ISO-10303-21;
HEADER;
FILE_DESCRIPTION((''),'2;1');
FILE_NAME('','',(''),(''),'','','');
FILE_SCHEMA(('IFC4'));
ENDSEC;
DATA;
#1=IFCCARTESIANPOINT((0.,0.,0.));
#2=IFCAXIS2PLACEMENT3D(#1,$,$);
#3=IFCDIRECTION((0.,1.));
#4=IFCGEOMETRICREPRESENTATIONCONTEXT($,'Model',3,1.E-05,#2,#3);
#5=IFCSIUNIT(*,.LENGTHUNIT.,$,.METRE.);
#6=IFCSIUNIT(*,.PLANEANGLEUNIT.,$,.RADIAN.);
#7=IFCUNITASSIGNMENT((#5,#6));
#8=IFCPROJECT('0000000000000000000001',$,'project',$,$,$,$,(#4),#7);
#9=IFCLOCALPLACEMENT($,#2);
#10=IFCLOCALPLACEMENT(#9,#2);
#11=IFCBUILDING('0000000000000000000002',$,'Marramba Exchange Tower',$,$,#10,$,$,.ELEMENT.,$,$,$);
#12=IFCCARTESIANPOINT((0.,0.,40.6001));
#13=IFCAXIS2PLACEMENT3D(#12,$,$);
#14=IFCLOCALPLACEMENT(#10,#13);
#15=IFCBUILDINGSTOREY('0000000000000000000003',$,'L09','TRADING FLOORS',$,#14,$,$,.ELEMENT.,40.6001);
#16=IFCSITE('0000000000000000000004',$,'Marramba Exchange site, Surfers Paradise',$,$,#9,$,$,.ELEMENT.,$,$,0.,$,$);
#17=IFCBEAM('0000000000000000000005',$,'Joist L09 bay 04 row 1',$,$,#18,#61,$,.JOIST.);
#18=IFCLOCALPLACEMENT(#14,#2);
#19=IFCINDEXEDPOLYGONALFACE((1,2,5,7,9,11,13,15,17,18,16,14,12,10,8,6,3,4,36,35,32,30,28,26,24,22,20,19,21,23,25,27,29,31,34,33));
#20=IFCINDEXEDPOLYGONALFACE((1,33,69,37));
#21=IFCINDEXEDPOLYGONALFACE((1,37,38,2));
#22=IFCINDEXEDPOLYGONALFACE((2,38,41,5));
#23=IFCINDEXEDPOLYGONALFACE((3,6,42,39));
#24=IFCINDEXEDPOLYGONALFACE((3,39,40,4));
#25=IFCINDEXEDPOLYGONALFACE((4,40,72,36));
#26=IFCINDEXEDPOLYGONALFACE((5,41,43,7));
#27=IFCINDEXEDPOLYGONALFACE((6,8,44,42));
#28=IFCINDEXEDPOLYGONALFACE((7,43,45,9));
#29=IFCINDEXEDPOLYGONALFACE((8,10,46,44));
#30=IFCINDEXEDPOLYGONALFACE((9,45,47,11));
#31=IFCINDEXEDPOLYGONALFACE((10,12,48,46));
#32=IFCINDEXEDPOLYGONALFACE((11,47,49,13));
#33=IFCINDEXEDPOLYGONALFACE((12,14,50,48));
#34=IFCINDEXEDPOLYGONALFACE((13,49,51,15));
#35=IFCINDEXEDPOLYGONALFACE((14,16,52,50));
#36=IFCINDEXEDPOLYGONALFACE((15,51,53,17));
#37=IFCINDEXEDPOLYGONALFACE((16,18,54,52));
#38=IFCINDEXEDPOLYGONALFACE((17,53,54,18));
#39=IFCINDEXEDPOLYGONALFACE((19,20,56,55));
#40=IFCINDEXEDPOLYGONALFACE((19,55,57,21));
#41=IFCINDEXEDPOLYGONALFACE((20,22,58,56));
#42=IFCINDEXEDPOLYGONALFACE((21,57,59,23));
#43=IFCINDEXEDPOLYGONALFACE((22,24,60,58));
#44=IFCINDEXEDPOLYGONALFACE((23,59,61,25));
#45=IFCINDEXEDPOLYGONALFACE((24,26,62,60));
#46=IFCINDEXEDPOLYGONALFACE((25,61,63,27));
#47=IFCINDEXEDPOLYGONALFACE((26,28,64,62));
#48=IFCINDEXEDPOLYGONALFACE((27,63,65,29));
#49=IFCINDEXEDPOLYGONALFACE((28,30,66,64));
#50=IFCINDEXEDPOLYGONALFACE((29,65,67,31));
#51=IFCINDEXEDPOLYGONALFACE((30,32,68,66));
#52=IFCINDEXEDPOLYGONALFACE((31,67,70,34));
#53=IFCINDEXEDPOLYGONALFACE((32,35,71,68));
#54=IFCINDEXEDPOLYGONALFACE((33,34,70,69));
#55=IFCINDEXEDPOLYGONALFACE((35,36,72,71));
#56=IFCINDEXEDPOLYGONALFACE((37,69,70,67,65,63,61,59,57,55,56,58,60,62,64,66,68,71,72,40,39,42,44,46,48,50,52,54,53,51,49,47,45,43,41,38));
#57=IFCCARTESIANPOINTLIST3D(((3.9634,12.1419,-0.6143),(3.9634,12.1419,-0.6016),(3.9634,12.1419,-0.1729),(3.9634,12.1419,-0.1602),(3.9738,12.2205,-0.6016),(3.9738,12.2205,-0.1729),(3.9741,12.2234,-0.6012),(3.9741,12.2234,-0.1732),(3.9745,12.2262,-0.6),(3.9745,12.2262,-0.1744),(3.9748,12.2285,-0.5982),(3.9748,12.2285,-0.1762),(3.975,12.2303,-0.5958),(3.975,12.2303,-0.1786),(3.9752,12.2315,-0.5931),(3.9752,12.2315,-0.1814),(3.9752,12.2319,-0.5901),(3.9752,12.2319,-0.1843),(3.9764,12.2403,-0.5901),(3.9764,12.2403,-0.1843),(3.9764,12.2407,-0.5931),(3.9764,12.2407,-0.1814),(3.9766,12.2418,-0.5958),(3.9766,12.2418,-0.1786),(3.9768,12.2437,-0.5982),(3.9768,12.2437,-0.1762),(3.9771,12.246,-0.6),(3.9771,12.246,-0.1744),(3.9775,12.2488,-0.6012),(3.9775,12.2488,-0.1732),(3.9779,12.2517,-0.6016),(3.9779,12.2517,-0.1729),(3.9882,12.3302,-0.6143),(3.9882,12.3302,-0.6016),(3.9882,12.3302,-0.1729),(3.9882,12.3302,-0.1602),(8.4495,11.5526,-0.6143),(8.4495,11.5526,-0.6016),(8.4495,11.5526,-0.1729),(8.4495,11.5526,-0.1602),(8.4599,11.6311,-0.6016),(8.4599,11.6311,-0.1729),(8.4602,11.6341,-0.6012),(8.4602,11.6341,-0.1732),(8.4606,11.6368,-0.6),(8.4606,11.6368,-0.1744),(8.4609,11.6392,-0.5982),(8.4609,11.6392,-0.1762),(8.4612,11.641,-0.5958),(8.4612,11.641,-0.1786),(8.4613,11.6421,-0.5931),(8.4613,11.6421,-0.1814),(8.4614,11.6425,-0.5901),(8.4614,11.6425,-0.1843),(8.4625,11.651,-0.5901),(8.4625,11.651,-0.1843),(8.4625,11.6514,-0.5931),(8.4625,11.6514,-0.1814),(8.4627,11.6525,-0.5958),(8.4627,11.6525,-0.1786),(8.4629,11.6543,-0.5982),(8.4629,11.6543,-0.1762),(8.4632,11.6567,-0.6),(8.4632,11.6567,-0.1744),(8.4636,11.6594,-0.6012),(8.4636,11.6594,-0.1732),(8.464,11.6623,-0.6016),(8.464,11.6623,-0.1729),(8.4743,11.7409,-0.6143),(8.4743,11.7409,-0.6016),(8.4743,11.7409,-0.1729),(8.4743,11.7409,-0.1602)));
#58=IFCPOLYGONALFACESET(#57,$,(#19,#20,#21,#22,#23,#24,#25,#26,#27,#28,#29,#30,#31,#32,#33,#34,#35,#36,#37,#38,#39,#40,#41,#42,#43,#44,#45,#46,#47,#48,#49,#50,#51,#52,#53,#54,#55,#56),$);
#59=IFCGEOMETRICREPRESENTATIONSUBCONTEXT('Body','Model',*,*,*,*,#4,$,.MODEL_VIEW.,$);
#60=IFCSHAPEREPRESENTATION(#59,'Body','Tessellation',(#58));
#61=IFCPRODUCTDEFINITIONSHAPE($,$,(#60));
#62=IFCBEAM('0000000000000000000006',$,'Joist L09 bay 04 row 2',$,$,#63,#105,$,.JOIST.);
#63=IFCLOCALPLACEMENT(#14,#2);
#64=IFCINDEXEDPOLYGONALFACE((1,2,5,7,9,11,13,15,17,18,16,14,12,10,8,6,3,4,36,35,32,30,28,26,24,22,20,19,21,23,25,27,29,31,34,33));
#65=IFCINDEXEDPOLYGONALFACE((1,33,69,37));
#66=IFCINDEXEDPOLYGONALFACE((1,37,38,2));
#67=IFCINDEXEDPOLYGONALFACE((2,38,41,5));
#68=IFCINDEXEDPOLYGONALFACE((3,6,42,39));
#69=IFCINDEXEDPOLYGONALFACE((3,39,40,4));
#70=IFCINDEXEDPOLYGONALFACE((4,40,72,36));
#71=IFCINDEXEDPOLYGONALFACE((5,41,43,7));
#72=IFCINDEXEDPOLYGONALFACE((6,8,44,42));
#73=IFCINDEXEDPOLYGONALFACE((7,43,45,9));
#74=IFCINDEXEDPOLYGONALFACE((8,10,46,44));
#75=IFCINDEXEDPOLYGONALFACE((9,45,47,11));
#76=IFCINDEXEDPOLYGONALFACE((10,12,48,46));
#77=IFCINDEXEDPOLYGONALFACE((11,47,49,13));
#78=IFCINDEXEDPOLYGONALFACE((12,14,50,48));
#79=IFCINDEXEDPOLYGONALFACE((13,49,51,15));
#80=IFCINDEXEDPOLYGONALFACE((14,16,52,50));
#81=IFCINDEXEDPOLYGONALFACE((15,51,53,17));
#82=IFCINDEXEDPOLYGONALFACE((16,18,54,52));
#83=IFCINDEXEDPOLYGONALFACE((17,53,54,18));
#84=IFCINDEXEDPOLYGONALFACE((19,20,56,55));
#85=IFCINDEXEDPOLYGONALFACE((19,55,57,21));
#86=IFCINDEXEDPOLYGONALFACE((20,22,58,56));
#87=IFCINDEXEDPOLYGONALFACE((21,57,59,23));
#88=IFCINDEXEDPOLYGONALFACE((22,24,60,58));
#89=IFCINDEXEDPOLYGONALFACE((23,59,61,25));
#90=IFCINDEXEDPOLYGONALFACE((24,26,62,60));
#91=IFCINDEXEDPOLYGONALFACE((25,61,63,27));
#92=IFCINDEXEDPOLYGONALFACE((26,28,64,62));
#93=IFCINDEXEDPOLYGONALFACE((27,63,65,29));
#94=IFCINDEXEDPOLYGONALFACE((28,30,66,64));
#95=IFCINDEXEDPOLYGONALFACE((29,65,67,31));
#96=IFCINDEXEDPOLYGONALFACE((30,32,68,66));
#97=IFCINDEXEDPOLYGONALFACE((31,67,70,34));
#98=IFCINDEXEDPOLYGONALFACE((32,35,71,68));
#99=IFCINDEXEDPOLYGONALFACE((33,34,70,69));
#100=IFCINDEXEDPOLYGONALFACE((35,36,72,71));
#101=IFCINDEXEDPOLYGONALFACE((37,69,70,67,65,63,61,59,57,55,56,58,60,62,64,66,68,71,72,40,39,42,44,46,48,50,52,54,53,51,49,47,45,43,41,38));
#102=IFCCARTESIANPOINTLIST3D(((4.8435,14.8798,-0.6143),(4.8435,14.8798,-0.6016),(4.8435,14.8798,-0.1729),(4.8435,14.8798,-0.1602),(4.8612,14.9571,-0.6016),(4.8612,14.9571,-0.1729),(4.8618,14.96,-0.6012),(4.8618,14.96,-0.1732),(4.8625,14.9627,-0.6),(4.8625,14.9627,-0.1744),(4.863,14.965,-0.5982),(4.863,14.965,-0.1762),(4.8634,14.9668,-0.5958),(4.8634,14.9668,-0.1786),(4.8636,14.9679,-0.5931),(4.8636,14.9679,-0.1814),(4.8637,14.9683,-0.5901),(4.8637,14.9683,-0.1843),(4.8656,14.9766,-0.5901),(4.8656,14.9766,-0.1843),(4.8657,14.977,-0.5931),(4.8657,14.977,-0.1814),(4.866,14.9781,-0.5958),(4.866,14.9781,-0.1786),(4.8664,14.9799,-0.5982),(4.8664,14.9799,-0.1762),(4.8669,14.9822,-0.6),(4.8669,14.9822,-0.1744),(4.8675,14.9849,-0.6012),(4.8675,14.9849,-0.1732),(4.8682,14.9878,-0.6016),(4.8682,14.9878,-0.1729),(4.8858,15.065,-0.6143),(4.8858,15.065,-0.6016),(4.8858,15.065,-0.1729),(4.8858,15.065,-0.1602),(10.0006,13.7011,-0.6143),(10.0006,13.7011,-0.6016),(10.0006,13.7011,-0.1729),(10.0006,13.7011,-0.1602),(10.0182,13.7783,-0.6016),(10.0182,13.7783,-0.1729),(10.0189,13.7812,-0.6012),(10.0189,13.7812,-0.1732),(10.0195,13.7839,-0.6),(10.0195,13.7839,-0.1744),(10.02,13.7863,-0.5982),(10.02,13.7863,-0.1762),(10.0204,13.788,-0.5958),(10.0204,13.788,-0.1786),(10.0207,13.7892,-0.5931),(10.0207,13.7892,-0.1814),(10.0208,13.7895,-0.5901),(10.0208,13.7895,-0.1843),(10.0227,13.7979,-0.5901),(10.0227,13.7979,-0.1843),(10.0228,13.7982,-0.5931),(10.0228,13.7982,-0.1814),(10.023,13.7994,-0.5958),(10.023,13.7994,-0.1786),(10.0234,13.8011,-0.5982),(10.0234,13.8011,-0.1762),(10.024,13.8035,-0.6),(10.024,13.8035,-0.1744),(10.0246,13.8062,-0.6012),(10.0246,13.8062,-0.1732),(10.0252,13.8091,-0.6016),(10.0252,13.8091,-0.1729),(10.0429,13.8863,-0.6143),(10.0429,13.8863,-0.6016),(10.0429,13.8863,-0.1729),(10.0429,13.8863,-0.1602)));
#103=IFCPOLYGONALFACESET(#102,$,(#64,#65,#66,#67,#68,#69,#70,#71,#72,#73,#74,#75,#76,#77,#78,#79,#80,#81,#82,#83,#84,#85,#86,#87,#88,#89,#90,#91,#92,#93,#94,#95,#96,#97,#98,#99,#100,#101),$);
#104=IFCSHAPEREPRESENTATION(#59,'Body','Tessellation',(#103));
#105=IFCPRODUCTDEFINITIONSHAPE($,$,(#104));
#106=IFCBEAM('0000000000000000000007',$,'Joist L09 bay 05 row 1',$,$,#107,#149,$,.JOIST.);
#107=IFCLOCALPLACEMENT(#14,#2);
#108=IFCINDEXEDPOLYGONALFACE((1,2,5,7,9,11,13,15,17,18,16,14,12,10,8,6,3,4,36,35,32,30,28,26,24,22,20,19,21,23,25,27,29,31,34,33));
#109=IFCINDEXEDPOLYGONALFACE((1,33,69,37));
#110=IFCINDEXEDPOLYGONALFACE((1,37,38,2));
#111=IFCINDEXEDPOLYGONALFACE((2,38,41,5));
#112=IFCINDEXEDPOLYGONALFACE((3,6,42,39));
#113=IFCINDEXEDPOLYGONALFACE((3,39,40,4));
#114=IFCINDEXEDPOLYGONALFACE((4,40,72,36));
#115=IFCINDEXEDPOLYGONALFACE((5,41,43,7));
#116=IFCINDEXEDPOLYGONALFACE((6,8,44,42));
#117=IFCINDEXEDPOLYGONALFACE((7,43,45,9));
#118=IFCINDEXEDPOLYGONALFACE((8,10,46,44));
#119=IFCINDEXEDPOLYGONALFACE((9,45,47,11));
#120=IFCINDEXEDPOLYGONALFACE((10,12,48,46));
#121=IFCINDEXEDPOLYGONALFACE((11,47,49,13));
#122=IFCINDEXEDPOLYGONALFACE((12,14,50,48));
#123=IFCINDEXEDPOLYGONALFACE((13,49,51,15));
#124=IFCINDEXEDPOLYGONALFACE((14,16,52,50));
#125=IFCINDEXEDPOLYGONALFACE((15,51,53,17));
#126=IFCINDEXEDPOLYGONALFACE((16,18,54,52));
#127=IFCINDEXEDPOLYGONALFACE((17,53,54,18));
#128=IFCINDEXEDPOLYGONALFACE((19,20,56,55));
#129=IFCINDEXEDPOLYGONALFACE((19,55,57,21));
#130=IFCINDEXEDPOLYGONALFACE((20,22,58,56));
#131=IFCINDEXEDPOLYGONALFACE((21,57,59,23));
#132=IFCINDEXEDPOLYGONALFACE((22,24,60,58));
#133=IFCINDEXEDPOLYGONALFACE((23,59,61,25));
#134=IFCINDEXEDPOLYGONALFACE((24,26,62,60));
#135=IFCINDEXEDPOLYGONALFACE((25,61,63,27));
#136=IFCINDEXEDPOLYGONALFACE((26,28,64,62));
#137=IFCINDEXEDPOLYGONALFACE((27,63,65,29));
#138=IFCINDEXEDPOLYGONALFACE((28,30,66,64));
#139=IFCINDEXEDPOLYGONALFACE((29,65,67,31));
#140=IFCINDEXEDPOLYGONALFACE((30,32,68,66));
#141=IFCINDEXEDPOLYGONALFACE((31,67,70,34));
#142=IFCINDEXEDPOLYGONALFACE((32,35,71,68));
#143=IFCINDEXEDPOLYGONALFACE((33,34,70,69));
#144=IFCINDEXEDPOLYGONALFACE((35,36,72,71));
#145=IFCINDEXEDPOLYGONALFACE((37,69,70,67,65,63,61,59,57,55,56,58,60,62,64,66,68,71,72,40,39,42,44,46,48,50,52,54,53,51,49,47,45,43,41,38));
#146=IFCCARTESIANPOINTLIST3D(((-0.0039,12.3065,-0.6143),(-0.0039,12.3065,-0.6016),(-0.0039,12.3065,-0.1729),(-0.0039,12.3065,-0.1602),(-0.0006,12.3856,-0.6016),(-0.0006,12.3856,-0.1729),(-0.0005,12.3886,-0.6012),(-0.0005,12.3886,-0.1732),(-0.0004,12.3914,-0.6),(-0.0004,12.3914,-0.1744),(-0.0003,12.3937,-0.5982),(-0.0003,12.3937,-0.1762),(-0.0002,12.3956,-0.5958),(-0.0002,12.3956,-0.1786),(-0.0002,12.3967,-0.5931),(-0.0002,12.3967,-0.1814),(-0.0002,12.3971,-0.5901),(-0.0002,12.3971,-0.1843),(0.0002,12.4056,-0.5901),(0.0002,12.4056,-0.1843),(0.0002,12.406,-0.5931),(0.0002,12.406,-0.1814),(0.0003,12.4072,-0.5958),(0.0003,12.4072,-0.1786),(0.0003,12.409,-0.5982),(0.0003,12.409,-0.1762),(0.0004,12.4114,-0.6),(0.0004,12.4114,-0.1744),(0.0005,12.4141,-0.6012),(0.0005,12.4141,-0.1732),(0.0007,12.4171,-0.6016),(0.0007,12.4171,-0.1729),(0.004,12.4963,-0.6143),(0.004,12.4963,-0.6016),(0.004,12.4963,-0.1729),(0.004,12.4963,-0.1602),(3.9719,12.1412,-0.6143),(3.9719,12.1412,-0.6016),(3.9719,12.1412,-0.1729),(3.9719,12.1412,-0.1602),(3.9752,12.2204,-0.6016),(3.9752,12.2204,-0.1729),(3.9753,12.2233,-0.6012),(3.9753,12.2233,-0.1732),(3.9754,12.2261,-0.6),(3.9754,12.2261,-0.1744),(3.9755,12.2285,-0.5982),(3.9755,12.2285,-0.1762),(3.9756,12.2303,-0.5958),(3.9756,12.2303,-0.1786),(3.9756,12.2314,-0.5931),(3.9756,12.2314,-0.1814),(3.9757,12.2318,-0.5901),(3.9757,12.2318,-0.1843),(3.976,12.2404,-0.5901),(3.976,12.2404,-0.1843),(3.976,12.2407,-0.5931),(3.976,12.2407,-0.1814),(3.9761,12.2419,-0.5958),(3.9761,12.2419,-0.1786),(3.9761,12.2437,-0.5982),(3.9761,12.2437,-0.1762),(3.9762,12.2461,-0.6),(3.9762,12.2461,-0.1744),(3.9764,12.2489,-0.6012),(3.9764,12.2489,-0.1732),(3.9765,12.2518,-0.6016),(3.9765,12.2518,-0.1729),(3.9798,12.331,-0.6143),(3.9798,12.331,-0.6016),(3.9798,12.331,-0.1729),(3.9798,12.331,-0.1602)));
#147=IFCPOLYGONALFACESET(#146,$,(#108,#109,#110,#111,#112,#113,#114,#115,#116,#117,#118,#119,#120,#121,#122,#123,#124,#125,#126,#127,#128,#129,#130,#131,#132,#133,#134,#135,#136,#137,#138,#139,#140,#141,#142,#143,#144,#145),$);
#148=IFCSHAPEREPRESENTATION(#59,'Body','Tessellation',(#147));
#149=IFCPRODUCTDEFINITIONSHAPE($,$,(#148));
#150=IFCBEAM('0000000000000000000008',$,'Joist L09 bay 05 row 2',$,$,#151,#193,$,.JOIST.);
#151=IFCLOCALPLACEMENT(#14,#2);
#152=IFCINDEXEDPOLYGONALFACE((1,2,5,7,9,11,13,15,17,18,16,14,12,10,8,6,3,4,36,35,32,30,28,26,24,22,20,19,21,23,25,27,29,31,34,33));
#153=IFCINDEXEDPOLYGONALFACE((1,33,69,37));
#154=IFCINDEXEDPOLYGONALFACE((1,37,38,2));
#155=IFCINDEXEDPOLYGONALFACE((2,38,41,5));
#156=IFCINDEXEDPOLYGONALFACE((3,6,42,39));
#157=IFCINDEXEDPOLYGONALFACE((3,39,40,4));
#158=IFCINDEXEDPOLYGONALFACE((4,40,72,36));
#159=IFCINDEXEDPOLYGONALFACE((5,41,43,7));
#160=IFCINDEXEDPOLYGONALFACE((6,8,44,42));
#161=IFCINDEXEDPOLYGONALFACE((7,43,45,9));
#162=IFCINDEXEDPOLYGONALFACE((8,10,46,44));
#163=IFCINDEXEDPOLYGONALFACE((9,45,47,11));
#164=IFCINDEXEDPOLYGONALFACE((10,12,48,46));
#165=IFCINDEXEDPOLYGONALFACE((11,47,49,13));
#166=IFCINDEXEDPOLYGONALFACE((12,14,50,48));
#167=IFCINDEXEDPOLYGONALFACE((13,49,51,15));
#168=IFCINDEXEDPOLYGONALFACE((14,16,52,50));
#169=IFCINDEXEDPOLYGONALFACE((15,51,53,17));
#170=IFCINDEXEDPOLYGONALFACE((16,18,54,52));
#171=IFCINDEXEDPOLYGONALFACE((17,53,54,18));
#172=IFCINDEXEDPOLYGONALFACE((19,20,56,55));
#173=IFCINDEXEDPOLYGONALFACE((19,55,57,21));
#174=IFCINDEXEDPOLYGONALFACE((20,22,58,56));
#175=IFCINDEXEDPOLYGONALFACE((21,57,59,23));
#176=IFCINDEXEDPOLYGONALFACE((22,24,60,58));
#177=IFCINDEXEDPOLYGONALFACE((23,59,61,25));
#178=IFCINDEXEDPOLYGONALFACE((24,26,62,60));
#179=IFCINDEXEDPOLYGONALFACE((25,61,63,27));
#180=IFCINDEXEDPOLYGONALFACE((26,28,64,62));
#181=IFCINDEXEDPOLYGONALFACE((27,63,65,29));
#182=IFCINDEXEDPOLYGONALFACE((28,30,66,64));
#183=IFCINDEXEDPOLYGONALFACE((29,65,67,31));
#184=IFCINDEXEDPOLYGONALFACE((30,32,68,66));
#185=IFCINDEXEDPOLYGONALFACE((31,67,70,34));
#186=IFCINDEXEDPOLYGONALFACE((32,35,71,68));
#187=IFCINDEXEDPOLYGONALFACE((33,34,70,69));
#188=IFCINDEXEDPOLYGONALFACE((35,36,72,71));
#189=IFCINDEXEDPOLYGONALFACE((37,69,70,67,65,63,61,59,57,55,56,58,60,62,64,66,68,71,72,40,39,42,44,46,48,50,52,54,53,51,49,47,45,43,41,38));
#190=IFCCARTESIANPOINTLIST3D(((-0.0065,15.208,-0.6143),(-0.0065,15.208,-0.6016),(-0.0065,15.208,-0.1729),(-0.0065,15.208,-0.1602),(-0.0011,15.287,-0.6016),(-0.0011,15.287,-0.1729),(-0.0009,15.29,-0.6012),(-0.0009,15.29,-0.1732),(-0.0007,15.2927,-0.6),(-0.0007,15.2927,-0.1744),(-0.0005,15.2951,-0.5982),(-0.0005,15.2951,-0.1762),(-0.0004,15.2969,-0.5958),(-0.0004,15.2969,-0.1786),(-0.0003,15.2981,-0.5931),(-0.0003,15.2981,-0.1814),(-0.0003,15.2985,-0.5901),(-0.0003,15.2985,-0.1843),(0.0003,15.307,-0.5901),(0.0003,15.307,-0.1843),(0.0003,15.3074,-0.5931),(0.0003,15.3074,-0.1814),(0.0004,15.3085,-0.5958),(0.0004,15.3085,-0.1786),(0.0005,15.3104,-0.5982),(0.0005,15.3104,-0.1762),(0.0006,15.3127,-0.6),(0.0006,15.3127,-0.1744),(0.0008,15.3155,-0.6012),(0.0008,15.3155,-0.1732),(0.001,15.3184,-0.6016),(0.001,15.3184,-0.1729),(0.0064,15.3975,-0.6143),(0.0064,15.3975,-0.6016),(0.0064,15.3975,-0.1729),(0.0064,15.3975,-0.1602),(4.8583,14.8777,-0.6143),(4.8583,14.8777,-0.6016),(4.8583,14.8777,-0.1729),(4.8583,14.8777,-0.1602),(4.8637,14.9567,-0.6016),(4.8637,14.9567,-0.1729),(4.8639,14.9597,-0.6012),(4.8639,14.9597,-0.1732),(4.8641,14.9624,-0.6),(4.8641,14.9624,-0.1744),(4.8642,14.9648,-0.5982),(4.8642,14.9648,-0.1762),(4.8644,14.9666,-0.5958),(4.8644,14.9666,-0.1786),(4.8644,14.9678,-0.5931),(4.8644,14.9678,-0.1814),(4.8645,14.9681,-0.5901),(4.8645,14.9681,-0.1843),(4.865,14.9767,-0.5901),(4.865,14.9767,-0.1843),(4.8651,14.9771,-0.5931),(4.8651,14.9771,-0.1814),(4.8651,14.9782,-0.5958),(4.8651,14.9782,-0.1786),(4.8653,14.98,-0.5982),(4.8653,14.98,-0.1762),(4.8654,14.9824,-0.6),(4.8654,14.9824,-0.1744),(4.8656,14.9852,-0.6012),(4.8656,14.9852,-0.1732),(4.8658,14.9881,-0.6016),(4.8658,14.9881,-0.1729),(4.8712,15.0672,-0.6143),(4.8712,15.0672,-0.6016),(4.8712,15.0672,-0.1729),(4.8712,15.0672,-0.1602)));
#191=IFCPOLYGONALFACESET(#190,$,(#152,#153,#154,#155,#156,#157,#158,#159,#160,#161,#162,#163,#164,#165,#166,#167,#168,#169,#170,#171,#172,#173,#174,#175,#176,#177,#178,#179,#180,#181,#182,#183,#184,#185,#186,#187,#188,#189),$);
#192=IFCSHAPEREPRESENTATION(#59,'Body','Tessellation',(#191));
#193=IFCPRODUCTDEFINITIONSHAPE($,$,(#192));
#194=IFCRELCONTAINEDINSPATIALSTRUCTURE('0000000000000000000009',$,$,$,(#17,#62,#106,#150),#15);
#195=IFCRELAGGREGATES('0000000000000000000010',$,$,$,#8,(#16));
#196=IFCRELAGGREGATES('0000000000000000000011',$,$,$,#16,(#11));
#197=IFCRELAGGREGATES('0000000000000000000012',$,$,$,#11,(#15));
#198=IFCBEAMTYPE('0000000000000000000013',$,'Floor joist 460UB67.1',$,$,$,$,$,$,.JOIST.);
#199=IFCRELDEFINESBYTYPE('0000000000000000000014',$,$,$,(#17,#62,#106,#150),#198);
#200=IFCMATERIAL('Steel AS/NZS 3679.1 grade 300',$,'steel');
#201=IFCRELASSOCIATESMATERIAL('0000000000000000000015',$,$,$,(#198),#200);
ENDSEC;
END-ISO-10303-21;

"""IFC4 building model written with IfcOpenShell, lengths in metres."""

from ifc_helpers import new_model, si_unit, direction, frame, origin, origin_2d, place, context, subcontext, project, spatial, i_section, extrude, material, material_profile, profile_set, type_object, element, save


model = new_model("IFC4")

# Units and contexts
model_context = context("Model", 3, precision=1e-05, world=origin(), true_north=direction((0.0, 1.0)))
body_context = subcontext(model_context, "Body", "Model", "MODEL_VIEW")
ifc_project = project(units=[si_unit("LENGTHUNIT", "METRE"), si_unit("PLANEANGLEUNIT", "RADIAN")], contexts=[model_context])

# Site, building, storey
site_placement = place(None, origin())
site = spatial("IfcSite", under=ifc_project, at=site_placement, Name="Marramba Exchange site, Surfers Paradise", CompositionType="ELEMENT", RefElevation=0.0)
building_placement = place(site_placement, origin())
building = spatial("IfcBuilding", under=site, at=building_placement, Name="Marramba Exchange Tower", CompositionType="ELEMENT")
storey_placement = place(building_placement, frame((0.0, 0.0, 40.6001)))
storey = spatial("IfcBuildingStorey", under=building, at=storey_placement, Name="L09", Description="TRADING FLOORS", CompositionType="ELEMENT", Elevation=40.6001)

# Beams
ifc_material_1 = material(Name="Steel AS/NZS 3679.1 grade 300", Category="steel")
ifc_material_profile_1 = material_profile(ifc_material_1, i_section(OverallWidth=0.1899, OverallDepth=0.4541, WebThickness=0.0085, FlangeThickness=0.0127, FilletRadius=0.0115, at=origin_2d()), Name="460UB67.1")
ifc_profile_set_1 = profile_set([ifc_material_profile_1], Name="Steel AS/NZS 3679.1 grade 300")
beam_type_1 = type_object("IfcBeamType", Name="Floor joist 460UB67.1", PredefinedType="JOIST", material=ifc_profile_set_1)
beam_1_placement = place(storey_placement, frame((8.4619, 11.6467, -0.3872), z_axis=(-0.991481, 0.130255, 0.0), x_axis=(-0.130255, -0.991481, 0.0)))
element("IfcBeam", 1, at=beam_1_placement, inside=storey, type_object=beam_type_1, Name="Joist L09 bay 04 row 1", PredefinedType="JOIST", context=body_context, shape_type="SweptSolid", body=[
    extrude(i_section(OverallWidth=0.1899, OverallDepth=0.4541, WebThickness=0.0085, FlangeThickness=0.0127, FilletRadius=0.0115, at=origin_2d()), origin(), (0.0, 0.0, 1.0), 4.5247),
])
beam_2_placement = place(storey_placement, frame((10.0217, 13.7937, -0.3872), z_axis=(-0.97486, 0.22282, 0.0), x_axis=(-0.22282, -0.97486, 0.0)))
element("IfcBeam", 2, at=beam_2_placement, inside=storey, type_object=beam_type_1, Name="Joist L09 bay 04 row 2", PredefinedType="JOIST", context=body_context, shape_type="SweptSolid", body=[
    extrude(i_section(OverallWidth=0.1899, OverallDepth=0.4541, WebThickness=0.0085, FlangeThickness=0.0127, FilletRadius=0.0115, at=origin_2d()), origin(), (0.0, 0.0, 1.0), 5.29),
])
beam_3_placement = place(storey_placement, frame((3.9758, 12.2361, -0.3872), z_axis=(-0.999137, 0.041536, 0.0), x_axis=(-0.041536, -0.999137, 0.0)))
element("IfcBeam", 3, at=beam_3_placement, inside=storey, type_object=beam_type_1, Name="Joist L09 bay 05 row 1", PredefinedType="JOIST", context=body_context, shape_type="SweptSolid", body=[
    extrude(i_section(OverallWidth=0.1899, OverallDepth=0.4541, WebThickness=0.0085, FlangeThickness=0.0127, FilletRadius=0.0115, at=origin_2d()), origin(), (0.0, 0.0, 1.0), 3.9792),
])
beam_4_placement = place(storey_placement, frame((4.8647, 14.9724, -0.3872), z_axis=(-0.997703, 0.067745, 0.0), x_axis=(-0.067745, -0.997703, 0.0)))
element("IfcBeam", 4, at=beam_4_placement, inside=storey, type_object=beam_type_1, Name="Joist L09 bay 05 row 2", PredefinedType="JOIST", context=body_context, shape_type="SweptSolid", body=[
    extrude(i_section(OverallWidth=0.1899, OverallDepth=0.4541, WebThickness=0.0085, FlangeThickness=0.0127, FilletRadius=0.0115, at=origin_2d()), origin(), (0.0, 0.0, 1.0), 4.876),
])

save(model, "model.ifc")
